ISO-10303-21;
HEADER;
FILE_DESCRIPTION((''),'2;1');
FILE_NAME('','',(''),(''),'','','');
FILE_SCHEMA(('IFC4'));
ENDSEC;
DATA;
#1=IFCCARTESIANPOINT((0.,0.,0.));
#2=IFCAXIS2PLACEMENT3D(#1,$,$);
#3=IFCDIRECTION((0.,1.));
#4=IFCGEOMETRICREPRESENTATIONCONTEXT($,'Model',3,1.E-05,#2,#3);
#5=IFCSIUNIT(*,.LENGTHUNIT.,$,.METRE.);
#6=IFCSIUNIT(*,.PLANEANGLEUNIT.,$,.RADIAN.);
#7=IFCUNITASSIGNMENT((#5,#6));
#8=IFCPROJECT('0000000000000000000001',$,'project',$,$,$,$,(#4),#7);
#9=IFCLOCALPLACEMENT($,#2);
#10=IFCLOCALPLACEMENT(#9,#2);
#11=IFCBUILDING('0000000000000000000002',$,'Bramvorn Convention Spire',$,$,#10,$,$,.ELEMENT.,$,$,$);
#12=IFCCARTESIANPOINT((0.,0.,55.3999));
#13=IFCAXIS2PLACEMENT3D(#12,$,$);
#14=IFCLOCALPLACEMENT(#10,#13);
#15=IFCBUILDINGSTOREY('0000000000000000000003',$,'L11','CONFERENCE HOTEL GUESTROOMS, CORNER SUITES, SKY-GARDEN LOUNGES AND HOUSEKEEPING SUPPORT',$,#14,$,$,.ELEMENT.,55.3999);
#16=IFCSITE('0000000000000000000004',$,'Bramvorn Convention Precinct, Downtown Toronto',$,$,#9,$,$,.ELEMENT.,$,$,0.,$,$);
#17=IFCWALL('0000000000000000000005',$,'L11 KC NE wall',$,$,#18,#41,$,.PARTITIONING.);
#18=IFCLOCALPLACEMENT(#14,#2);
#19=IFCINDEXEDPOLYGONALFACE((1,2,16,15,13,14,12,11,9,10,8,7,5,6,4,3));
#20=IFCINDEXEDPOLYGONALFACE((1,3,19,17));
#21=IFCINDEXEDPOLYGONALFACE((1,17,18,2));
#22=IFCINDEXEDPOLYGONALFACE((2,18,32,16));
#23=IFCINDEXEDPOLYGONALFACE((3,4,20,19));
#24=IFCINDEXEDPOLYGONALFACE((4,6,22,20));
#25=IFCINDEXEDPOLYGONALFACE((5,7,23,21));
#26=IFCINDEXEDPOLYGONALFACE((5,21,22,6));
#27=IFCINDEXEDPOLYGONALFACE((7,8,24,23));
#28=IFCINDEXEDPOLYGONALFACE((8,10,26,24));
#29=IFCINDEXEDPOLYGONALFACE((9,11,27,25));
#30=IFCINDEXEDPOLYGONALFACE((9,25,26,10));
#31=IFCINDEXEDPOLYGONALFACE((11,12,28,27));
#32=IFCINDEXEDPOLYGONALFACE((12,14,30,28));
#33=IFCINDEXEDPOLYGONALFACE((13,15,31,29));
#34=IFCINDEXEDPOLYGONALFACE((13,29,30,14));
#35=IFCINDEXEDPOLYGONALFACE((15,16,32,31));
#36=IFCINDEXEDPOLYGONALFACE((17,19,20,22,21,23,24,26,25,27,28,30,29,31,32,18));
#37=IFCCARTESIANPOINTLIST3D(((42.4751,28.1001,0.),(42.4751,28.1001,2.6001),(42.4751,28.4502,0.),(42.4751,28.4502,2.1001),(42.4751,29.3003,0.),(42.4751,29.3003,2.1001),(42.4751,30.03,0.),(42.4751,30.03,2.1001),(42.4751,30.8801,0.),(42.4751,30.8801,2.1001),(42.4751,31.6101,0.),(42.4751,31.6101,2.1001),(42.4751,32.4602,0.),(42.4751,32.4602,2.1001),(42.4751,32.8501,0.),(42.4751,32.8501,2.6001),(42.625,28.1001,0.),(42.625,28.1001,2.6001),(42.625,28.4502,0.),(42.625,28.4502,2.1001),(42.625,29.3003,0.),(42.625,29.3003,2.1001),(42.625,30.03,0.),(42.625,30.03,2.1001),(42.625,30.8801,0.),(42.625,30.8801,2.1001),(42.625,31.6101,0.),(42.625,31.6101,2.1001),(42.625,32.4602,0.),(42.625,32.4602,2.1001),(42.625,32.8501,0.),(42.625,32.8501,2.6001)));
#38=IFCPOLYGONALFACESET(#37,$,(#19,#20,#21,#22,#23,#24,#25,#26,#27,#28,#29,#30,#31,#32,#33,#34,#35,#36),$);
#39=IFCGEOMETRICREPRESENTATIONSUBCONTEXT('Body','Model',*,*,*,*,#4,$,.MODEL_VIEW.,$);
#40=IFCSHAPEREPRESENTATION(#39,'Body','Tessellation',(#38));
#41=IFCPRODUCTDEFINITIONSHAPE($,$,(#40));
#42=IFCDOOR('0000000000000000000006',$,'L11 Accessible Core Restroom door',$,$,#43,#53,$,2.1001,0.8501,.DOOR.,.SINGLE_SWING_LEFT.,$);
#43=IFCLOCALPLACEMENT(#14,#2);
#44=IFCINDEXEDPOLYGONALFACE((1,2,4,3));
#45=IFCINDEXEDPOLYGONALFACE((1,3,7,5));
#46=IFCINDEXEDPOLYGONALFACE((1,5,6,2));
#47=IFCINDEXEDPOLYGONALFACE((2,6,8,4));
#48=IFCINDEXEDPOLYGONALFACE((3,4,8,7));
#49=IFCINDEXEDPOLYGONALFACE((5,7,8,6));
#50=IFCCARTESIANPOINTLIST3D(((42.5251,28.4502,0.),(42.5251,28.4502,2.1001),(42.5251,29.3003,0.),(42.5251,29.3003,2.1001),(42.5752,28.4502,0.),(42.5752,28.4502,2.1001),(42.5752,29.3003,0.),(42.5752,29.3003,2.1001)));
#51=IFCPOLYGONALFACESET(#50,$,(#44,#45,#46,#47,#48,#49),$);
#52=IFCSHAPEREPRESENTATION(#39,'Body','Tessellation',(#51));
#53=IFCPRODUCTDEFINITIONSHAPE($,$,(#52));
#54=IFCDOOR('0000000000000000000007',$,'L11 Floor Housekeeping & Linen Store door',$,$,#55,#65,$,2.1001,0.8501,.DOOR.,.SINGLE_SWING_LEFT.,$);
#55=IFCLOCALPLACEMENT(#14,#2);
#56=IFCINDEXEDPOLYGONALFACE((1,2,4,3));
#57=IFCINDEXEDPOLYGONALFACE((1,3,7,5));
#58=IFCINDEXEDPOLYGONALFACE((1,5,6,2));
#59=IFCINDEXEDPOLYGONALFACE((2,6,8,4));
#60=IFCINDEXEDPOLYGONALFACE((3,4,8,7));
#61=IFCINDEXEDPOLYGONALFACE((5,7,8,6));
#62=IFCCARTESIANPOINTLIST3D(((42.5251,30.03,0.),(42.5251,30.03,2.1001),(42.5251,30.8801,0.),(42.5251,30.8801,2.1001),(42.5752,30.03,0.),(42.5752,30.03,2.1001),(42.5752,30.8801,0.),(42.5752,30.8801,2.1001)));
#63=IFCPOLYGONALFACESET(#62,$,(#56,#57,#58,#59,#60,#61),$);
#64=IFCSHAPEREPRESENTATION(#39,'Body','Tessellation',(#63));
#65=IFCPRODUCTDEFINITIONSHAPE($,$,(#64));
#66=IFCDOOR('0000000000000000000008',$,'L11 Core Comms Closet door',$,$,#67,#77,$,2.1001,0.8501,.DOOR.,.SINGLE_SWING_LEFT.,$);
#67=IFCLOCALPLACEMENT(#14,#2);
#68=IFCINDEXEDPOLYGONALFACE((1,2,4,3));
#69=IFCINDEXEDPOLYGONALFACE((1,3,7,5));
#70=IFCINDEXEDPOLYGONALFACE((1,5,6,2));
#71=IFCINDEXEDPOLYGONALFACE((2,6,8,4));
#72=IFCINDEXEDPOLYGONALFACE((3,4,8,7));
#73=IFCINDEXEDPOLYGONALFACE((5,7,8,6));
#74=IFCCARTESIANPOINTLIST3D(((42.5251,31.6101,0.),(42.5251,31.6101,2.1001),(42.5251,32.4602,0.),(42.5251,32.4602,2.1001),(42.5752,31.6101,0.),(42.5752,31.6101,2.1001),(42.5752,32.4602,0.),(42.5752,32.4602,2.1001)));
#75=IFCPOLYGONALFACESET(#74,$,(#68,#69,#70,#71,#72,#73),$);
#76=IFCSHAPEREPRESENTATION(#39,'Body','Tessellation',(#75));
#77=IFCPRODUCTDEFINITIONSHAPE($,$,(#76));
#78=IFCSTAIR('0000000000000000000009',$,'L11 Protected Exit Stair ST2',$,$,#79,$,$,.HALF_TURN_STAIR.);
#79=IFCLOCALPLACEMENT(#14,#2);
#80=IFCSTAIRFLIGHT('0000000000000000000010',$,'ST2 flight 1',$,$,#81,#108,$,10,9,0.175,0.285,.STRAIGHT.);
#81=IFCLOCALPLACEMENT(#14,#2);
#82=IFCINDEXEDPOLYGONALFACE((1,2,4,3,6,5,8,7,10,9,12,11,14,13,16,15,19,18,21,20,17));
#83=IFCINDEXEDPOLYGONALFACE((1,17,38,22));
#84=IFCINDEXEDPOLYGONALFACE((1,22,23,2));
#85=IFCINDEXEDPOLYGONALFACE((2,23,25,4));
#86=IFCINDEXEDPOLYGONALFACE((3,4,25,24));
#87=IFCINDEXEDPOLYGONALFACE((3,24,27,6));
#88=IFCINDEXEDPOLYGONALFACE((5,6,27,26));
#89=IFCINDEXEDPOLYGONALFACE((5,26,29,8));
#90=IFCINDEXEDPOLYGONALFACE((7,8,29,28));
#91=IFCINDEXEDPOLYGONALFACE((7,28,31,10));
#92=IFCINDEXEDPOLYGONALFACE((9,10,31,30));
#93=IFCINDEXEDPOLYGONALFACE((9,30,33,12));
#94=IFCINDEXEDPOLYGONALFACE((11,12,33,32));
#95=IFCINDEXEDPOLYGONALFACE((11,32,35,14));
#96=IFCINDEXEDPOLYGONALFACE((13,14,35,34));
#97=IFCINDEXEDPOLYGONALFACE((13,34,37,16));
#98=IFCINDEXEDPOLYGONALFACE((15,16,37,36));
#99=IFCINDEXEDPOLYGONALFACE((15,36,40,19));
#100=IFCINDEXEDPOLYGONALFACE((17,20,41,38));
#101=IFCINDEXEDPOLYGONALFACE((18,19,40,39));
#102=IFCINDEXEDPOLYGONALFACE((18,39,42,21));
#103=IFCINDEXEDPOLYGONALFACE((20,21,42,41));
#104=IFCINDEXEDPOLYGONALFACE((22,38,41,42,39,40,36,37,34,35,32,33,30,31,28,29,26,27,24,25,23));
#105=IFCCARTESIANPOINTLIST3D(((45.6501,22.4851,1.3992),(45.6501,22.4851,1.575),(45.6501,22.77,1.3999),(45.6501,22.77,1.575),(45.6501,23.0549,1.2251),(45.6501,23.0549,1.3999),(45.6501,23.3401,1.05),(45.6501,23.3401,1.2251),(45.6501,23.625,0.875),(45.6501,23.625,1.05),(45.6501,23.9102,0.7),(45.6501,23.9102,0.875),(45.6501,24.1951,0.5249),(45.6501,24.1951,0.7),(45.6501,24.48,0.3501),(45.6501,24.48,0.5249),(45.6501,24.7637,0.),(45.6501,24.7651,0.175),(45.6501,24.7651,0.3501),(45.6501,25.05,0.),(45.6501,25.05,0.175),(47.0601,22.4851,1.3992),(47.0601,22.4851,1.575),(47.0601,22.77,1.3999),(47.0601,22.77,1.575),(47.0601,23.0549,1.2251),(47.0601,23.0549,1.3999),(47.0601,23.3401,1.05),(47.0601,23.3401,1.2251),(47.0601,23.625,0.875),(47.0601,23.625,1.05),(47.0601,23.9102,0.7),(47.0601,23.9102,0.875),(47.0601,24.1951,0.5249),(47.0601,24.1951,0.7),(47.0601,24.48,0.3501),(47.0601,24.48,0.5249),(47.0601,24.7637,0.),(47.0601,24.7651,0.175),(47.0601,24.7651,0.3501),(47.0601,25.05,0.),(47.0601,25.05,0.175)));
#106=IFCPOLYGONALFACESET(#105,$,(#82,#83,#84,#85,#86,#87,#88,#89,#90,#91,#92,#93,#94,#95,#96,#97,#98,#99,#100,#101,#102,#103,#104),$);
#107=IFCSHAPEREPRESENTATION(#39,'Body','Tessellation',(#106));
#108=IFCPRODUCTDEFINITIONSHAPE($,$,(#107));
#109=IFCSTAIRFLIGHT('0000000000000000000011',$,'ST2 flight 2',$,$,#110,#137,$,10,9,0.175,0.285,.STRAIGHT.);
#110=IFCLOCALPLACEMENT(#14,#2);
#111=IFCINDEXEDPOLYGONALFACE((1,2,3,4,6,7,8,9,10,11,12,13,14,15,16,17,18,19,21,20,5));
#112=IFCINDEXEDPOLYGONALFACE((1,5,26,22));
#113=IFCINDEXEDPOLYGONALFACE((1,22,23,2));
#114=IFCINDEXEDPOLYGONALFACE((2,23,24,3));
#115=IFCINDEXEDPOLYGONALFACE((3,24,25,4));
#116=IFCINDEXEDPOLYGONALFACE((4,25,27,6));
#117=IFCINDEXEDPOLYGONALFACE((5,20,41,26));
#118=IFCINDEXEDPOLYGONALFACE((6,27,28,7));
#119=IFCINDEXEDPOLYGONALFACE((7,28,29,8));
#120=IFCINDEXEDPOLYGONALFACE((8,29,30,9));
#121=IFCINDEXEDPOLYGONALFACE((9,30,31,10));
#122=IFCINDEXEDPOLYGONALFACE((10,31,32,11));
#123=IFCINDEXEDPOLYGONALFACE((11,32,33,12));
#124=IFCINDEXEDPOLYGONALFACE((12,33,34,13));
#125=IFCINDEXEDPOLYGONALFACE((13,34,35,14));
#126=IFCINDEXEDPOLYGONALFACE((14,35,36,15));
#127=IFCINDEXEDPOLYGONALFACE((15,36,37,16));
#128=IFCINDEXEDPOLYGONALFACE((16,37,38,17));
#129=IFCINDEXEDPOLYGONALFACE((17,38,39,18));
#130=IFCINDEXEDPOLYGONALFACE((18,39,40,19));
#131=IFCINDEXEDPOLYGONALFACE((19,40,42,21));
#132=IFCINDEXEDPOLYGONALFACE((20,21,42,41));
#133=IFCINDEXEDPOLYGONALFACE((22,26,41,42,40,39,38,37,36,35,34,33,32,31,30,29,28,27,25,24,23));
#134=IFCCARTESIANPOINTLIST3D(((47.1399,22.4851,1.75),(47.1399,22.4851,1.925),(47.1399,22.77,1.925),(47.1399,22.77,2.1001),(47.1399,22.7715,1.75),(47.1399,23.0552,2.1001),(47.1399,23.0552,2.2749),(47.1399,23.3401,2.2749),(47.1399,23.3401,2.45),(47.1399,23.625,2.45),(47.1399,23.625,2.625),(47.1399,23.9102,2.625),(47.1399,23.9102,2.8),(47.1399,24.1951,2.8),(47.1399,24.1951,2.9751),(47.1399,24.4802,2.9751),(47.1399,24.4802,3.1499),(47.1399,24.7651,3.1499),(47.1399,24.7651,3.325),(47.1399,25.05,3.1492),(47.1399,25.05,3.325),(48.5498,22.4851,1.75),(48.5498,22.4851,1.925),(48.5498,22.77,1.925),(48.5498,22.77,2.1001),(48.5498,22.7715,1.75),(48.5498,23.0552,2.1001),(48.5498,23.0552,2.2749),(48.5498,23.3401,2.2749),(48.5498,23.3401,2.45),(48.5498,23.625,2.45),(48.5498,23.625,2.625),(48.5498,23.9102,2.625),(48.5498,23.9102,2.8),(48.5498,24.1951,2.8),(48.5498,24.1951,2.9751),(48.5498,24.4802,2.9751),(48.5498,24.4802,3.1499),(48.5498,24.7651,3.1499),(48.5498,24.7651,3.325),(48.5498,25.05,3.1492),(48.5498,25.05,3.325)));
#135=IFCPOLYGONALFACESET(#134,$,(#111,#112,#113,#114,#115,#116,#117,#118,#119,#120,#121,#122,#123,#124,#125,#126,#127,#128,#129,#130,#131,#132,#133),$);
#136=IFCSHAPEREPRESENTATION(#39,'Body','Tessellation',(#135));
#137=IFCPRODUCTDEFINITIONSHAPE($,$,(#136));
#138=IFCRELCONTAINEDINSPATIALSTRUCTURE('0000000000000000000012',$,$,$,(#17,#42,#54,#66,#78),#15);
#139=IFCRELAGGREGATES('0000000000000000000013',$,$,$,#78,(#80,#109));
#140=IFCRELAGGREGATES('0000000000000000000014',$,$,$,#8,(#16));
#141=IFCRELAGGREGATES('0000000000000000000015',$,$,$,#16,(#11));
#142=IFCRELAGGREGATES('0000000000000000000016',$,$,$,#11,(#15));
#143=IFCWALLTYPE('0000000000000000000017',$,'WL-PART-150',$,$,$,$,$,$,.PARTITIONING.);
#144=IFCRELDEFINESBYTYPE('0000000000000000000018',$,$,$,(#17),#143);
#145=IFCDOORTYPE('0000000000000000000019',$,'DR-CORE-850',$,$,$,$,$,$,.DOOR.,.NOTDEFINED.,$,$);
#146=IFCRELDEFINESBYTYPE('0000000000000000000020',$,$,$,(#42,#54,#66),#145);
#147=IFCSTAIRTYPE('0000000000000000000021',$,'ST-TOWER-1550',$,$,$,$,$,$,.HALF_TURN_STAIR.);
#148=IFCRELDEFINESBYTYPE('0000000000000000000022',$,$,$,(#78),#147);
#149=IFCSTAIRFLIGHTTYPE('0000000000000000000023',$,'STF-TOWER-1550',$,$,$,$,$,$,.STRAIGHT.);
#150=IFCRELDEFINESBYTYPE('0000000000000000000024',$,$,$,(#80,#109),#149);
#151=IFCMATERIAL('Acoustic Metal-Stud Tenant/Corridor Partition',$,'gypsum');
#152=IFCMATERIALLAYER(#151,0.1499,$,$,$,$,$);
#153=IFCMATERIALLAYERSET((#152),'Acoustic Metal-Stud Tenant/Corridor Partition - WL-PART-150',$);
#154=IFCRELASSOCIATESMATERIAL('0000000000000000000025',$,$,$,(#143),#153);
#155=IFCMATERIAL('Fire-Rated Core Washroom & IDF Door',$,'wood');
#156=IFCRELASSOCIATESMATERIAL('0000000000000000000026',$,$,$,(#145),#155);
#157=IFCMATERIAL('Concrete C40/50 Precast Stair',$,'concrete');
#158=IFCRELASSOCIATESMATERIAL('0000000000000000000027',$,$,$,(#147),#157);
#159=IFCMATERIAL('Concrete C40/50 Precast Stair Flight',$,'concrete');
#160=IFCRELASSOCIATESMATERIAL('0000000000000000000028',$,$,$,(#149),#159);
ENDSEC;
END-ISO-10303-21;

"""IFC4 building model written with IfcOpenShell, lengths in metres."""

from ifc_helpers import new_model, si_unit, direction, frame, frame_2d, origin, place, context, subcontext, project, spatial, polyline, rectangle, outline, extrude, material, layer, layer_set, type_object, element, fill, aggregate, save


model = new_model("IFC4")

# Units and contexts
model_context = context("Model", 3, precision=1e-05, world=origin(), true_north=direction((0.0, 1.0)))
body_context = subcontext(model_context, "Body", "Model", "MODEL_VIEW")
ifc_project = project(units=[si_unit("LENGTHUNIT", "METRE"), si_unit("PLANEANGLEUNIT", "RADIAN")], contexts=[model_context])

# Site, building, storey
site_placement = place(None, origin())
site = spatial("IfcSite", under=ifc_project, at=site_placement, Name="Bramvorn Convention Precinct, Downtown Toronto", CompositionType="ELEMENT", RefElevation=0.0)
building_placement = place(site_placement, origin())
building = spatial("IfcBuilding", under=site, at=building_placement, Name="Bramvorn Convention Spire", CompositionType="ELEMENT")
storey_placement = place(building_placement, frame((0.0, 0.0, 55.3999)))
storey = spatial("IfcBuildingStorey", under=building, at=storey_placement, Name="L11", Description="CONFERENCE HOTEL GUESTROOMS, CORNER SUITES, SKY-GARDEN LOUNGES AND HOUSEKEEPING SUPPORT", CompositionType="ELEMENT", Elevation=55.3999)

# Wall, openings, doors
ifc_material_1 = material(Name="Acoustic Metal-Stud Tenant/Corridor Partition", Category="gypsum")
ifc_layer_1 = layer(ifc_material_1, 0.1499)
ifc_layer_set_1 = layer_set([ifc_layer_1], Name="Acoustic Metal-Stud Tenant/Corridor Partition - WL-PART-150")
wall_type_1 = type_object("IfcWallType", Name="WL-PART-150", PredefinedType="PARTITIONING", material=ifc_layer_set_1)
wall_1_placement = place(storey_placement, frame((42.55, 28.1001, 0.0), z_axis=(0.0, 0.0, 1.0), x_axis=(0.0, 1.0, 0.0)))
wall_1 = element("IfcWall", 1, at=wall_1_placement, inside=storey, type_object=wall_type_1, Name="L11 KC NE wall", PredefinedType="PARTITIONING", context=body_context, shape_type="SweptSolid", body=[
    extrude(rectangle(XDim=4.75, YDim=0.1499, at=frame_2d((2.375, 0.0))), origin(), (0.0, 0.0, 1.0), 2.6001),
])
opening_1_placement = place(wall_1_placement, frame((0.3501, 0.0, 0.0)))
opening_1 = element("IfcOpeningElement", 2, at=opening_1_placement, cuts=wall_1, PredefinedType="OPENING", context=body_context, shape_type="SweptSolid", body=[
    extrude(rectangle(XDim=0.8501, YDim=2.1001, at=frame_2d((0.425, 1.05))), frame((0.0, 0.085, 0.0), z_axis=(0.0, -1.0, 0.0), x_axis=(1.0, 0.0, 0.0)), (0.0, 0.0, 1.0), 0.1699),
])
opening_2_placement = place(wall_1_placement, frame((1.9299, 0.0, 0.0)))
opening_2 = element("IfcOpeningElement", 3, at=opening_2_placement, cuts=wall_1, PredefinedType="OPENING", context=body_context, shape_type="SweptSolid", body=[
    extrude(rectangle(XDim=0.8501, YDim=2.1001, at=frame_2d((0.425, 1.05))), frame((0.0, 0.085, 0.0), z_axis=(0.0, -1.0, 0.0), x_axis=(1.0, 0.0, 0.0)), (0.0, 0.0, 1.0), 0.1699),
])
opening_3_placement = place(wall_1_placement, frame((3.51, 0.0, 0.0)))
opening_3 = element("IfcOpeningElement", 4, at=opening_3_placement, cuts=wall_1, PredefinedType="OPENING", context=body_context, shape_type="SweptSolid", body=[
    extrude(rectangle(XDim=0.8501, YDim=2.1001, at=frame_2d((0.425, 1.05))), frame((0.0, 0.085, 0.0), z_axis=(0.0, -1.0, 0.0), x_axis=(1.0, 0.0, 0.0)), (0.0, 0.0, 1.0), 0.1699),
])
ifc_material_2 = material(Name="Fire-Rated Core Washroom & IDF Door", Category="wood")
door_type_1 = type_object("IfcDoorType", Name="DR-CORE-850", OperationType="NOTDEFINED", PredefinedType="DOOR", material=ifc_material_2)
door_1_placement = place(opening_1_placement, origin())
door_1 = element("IfcDoor", 5, at=door_1_placement, inside=storey, type_object=door_type_1, Name="L11 Accessible Core Restroom door", OperationType="SINGLE_SWING_LEFT", OverallHeight=2.1001, OverallWidth=0.8501, PredefinedType="DOOR", context=body_context, shape_type="SweptSolid", body=[
    extrude(rectangle(XDim=0.8501, YDim=2.1001, at=frame_2d((0.425, 1.05))), frame((0.0, 0.0249, 0.0), z_axis=(0.0, -1.0, 0.0), x_axis=(1.0, 0.0, 0.0)), (0.0, 0.0, 1.0), 0.05),
])
fill(opening_1, door_1)
door_2_placement = place(opening_2_placement, origin())
door_2 = element("IfcDoor", 6, at=door_2_placement, inside=storey, type_object=door_type_1, Name="L11 Floor Housekeeping & Linen Store door", OperationType="SINGLE_SWING_LEFT", OverallHeight=2.1001, OverallWidth=0.8501, PredefinedType="DOOR", context=body_context, shape_type="SweptSolid", body=[
    extrude(rectangle(XDim=0.8501, YDim=2.1001, at=frame_2d((0.425, 1.05))), frame((0.0, 0.0249, 0.0), z_axis=(0.0, -1.0, 0.0), x_axis=(1.0, 0.0, 0.0)), (0.0, 0.0, 1.0), 0.05),
])
fill(opening_2, door_2)
door_3_placement = place(opening_3_placement, origin())
door_3 = element("IfcDoor", 7, at=door_3_placement, inside=storey, type_object=door_type_1, Name="L11 Core Comms Closet door", OperationType="SINGLE_SWING_LEFT", OverallHeight=2.1001, OverallWidth=0.8501, PredefinedType="DOOR", context=body_context, shape_type="SweptSolid", body=[
    extrude(rectangle(XDim=0.8501, YDim=2.1001, at=frame_2d((0.425, 1.05))), frame((0.0, 0.0249, 0.0), z_axis=(0.0, -1.0, 0.0), x_axis=(1.0, 0.0, 0.0)), (0.0, 0.0, 1.0), 0.05),
])
fill(opening_3, door_3)

# Stair, stair flights
ifc_material_3 = material(Name="Concrete C40/50 Precast Stair", Category="concrete")
stair_type = type_object("IfcStairType", Name="ST-TOWER-1550", PredefinedType="HALF_TURN_STAIR", material=ifc_material_3)
stair_placement = place(storey_placement, origin())
stair = element("IfcStair", 8, at=stair_placement, inside=storey, type_object=stair_type, Name="L11 Protected Exit Stair ST2", PredefinedType="HALF_TURN_STAIR")
ifc_material_4 = material(Name="Concrete C40/50 Precast Stair Flight", Category="concrete")
stair_flight_type = type_object("IfcStairFlightType", Name="STF-TOWER-1550", PredefinedType="STRAIGHT", material=ifc_material_4)
stair_flight_1_placement = place(storey_placement, frame((46.355, 25.05, 0.0), z_axis=(0.0, 0.0, 1.0), x_axis=(0.0, -1.0, 0.0)))
stair_flight_1 = element("IfcStairFlight", 9, at=stair_flight_1_placement, type_object=stair_flight_type, Name="ST2 flight 1", NumberOfRisers=10, NumberOfTreads=9, PredefinedType="STRAIGHT", RiserHeight=0.175, TreadLength=0.285, context=body_context, shape_type="SweptSolid", body=[
    extrude(outline(polyline([(0.0, 0.0), (0.0, 0.175), (0.2849, 0.175), (0.2849, 0.3501), (0.5701, 0.3501), (0.5701, 0.5249), (0.855, 0.5249), (0.855, 0.7), (1.1399, 0.7), (1.1399, 0.875), (1.425, 0.875), (1.425, 1.05), (1.71, 1.05), (1.71, 1.2251), (1.9951, 1.2251), (1.9951, 1.3999), (2.28, 1.3999), (2.28, 1.575), (2.5649, 1.575), (2.5649, 1.75), (2.5649, 1.3992), (0.2864, 0.0), (0.0, 0.0)])), frame((0.0, 0.7051, 0.0), z_axis=(0.0, -1.0, 0.0), x_axis=(1.0, 0.0, 0.0)), (0.0, 0.0, 1.0), 1.4099),
])
stair_flight_2_placement = place(storey_placement, frame((47.845, 22.4851, 1.75), z_axis=(0.0, 0.0, 1.0), x_axis=(0.0, 1.0, 0.0)))
stair_flight_2 = element("IfcStairFlight", 10, at=stair_flight_2_placement, type_object=stair_flight_type, Name="ST2 flight 2", NumberOfRisers=10, NumberOfTreads=9, PredefinedType="STRAIGHT", RiserHeight=0.175, TreadLength=0.285, context=body_context, shape_type="SweptSolid", body=[
    extrude(outline(polyline([(0.0, 0.0), (0.0, 0.175), (0.2849, 0.175), (0.2849, 0.3501), (0.5701, 0.3501), (0.5701, 0.5249), (0.855, 0.5249), (0.855, 0.7), (1.1399, 0.7), (1.1399, 0.875), (1.425, 0.875), (1.425, 1.05), (1.71, 1.05), (1.71, 1.2251), (1.9951, 1.2251), (1.9951, 1.3999), (2.28, 1.3999), (2.28, 1.575), (2.5649, 1.575), (2.5649, 1.75), (2.5649, 1.3992), (0.2864, 0.0), (0.0, 0.0)])), frame((0.0, 0.7051, 0.0), z_axis=(0.0, -1.0, 0.0), x_axis=(1.0, 0.0, 0.0)), (0.0, 0.0, 1.0), 1.4099),
])
aggregate(stair, [stair_flight_1, stair_flight_2])

save(model, "model.ifc")
